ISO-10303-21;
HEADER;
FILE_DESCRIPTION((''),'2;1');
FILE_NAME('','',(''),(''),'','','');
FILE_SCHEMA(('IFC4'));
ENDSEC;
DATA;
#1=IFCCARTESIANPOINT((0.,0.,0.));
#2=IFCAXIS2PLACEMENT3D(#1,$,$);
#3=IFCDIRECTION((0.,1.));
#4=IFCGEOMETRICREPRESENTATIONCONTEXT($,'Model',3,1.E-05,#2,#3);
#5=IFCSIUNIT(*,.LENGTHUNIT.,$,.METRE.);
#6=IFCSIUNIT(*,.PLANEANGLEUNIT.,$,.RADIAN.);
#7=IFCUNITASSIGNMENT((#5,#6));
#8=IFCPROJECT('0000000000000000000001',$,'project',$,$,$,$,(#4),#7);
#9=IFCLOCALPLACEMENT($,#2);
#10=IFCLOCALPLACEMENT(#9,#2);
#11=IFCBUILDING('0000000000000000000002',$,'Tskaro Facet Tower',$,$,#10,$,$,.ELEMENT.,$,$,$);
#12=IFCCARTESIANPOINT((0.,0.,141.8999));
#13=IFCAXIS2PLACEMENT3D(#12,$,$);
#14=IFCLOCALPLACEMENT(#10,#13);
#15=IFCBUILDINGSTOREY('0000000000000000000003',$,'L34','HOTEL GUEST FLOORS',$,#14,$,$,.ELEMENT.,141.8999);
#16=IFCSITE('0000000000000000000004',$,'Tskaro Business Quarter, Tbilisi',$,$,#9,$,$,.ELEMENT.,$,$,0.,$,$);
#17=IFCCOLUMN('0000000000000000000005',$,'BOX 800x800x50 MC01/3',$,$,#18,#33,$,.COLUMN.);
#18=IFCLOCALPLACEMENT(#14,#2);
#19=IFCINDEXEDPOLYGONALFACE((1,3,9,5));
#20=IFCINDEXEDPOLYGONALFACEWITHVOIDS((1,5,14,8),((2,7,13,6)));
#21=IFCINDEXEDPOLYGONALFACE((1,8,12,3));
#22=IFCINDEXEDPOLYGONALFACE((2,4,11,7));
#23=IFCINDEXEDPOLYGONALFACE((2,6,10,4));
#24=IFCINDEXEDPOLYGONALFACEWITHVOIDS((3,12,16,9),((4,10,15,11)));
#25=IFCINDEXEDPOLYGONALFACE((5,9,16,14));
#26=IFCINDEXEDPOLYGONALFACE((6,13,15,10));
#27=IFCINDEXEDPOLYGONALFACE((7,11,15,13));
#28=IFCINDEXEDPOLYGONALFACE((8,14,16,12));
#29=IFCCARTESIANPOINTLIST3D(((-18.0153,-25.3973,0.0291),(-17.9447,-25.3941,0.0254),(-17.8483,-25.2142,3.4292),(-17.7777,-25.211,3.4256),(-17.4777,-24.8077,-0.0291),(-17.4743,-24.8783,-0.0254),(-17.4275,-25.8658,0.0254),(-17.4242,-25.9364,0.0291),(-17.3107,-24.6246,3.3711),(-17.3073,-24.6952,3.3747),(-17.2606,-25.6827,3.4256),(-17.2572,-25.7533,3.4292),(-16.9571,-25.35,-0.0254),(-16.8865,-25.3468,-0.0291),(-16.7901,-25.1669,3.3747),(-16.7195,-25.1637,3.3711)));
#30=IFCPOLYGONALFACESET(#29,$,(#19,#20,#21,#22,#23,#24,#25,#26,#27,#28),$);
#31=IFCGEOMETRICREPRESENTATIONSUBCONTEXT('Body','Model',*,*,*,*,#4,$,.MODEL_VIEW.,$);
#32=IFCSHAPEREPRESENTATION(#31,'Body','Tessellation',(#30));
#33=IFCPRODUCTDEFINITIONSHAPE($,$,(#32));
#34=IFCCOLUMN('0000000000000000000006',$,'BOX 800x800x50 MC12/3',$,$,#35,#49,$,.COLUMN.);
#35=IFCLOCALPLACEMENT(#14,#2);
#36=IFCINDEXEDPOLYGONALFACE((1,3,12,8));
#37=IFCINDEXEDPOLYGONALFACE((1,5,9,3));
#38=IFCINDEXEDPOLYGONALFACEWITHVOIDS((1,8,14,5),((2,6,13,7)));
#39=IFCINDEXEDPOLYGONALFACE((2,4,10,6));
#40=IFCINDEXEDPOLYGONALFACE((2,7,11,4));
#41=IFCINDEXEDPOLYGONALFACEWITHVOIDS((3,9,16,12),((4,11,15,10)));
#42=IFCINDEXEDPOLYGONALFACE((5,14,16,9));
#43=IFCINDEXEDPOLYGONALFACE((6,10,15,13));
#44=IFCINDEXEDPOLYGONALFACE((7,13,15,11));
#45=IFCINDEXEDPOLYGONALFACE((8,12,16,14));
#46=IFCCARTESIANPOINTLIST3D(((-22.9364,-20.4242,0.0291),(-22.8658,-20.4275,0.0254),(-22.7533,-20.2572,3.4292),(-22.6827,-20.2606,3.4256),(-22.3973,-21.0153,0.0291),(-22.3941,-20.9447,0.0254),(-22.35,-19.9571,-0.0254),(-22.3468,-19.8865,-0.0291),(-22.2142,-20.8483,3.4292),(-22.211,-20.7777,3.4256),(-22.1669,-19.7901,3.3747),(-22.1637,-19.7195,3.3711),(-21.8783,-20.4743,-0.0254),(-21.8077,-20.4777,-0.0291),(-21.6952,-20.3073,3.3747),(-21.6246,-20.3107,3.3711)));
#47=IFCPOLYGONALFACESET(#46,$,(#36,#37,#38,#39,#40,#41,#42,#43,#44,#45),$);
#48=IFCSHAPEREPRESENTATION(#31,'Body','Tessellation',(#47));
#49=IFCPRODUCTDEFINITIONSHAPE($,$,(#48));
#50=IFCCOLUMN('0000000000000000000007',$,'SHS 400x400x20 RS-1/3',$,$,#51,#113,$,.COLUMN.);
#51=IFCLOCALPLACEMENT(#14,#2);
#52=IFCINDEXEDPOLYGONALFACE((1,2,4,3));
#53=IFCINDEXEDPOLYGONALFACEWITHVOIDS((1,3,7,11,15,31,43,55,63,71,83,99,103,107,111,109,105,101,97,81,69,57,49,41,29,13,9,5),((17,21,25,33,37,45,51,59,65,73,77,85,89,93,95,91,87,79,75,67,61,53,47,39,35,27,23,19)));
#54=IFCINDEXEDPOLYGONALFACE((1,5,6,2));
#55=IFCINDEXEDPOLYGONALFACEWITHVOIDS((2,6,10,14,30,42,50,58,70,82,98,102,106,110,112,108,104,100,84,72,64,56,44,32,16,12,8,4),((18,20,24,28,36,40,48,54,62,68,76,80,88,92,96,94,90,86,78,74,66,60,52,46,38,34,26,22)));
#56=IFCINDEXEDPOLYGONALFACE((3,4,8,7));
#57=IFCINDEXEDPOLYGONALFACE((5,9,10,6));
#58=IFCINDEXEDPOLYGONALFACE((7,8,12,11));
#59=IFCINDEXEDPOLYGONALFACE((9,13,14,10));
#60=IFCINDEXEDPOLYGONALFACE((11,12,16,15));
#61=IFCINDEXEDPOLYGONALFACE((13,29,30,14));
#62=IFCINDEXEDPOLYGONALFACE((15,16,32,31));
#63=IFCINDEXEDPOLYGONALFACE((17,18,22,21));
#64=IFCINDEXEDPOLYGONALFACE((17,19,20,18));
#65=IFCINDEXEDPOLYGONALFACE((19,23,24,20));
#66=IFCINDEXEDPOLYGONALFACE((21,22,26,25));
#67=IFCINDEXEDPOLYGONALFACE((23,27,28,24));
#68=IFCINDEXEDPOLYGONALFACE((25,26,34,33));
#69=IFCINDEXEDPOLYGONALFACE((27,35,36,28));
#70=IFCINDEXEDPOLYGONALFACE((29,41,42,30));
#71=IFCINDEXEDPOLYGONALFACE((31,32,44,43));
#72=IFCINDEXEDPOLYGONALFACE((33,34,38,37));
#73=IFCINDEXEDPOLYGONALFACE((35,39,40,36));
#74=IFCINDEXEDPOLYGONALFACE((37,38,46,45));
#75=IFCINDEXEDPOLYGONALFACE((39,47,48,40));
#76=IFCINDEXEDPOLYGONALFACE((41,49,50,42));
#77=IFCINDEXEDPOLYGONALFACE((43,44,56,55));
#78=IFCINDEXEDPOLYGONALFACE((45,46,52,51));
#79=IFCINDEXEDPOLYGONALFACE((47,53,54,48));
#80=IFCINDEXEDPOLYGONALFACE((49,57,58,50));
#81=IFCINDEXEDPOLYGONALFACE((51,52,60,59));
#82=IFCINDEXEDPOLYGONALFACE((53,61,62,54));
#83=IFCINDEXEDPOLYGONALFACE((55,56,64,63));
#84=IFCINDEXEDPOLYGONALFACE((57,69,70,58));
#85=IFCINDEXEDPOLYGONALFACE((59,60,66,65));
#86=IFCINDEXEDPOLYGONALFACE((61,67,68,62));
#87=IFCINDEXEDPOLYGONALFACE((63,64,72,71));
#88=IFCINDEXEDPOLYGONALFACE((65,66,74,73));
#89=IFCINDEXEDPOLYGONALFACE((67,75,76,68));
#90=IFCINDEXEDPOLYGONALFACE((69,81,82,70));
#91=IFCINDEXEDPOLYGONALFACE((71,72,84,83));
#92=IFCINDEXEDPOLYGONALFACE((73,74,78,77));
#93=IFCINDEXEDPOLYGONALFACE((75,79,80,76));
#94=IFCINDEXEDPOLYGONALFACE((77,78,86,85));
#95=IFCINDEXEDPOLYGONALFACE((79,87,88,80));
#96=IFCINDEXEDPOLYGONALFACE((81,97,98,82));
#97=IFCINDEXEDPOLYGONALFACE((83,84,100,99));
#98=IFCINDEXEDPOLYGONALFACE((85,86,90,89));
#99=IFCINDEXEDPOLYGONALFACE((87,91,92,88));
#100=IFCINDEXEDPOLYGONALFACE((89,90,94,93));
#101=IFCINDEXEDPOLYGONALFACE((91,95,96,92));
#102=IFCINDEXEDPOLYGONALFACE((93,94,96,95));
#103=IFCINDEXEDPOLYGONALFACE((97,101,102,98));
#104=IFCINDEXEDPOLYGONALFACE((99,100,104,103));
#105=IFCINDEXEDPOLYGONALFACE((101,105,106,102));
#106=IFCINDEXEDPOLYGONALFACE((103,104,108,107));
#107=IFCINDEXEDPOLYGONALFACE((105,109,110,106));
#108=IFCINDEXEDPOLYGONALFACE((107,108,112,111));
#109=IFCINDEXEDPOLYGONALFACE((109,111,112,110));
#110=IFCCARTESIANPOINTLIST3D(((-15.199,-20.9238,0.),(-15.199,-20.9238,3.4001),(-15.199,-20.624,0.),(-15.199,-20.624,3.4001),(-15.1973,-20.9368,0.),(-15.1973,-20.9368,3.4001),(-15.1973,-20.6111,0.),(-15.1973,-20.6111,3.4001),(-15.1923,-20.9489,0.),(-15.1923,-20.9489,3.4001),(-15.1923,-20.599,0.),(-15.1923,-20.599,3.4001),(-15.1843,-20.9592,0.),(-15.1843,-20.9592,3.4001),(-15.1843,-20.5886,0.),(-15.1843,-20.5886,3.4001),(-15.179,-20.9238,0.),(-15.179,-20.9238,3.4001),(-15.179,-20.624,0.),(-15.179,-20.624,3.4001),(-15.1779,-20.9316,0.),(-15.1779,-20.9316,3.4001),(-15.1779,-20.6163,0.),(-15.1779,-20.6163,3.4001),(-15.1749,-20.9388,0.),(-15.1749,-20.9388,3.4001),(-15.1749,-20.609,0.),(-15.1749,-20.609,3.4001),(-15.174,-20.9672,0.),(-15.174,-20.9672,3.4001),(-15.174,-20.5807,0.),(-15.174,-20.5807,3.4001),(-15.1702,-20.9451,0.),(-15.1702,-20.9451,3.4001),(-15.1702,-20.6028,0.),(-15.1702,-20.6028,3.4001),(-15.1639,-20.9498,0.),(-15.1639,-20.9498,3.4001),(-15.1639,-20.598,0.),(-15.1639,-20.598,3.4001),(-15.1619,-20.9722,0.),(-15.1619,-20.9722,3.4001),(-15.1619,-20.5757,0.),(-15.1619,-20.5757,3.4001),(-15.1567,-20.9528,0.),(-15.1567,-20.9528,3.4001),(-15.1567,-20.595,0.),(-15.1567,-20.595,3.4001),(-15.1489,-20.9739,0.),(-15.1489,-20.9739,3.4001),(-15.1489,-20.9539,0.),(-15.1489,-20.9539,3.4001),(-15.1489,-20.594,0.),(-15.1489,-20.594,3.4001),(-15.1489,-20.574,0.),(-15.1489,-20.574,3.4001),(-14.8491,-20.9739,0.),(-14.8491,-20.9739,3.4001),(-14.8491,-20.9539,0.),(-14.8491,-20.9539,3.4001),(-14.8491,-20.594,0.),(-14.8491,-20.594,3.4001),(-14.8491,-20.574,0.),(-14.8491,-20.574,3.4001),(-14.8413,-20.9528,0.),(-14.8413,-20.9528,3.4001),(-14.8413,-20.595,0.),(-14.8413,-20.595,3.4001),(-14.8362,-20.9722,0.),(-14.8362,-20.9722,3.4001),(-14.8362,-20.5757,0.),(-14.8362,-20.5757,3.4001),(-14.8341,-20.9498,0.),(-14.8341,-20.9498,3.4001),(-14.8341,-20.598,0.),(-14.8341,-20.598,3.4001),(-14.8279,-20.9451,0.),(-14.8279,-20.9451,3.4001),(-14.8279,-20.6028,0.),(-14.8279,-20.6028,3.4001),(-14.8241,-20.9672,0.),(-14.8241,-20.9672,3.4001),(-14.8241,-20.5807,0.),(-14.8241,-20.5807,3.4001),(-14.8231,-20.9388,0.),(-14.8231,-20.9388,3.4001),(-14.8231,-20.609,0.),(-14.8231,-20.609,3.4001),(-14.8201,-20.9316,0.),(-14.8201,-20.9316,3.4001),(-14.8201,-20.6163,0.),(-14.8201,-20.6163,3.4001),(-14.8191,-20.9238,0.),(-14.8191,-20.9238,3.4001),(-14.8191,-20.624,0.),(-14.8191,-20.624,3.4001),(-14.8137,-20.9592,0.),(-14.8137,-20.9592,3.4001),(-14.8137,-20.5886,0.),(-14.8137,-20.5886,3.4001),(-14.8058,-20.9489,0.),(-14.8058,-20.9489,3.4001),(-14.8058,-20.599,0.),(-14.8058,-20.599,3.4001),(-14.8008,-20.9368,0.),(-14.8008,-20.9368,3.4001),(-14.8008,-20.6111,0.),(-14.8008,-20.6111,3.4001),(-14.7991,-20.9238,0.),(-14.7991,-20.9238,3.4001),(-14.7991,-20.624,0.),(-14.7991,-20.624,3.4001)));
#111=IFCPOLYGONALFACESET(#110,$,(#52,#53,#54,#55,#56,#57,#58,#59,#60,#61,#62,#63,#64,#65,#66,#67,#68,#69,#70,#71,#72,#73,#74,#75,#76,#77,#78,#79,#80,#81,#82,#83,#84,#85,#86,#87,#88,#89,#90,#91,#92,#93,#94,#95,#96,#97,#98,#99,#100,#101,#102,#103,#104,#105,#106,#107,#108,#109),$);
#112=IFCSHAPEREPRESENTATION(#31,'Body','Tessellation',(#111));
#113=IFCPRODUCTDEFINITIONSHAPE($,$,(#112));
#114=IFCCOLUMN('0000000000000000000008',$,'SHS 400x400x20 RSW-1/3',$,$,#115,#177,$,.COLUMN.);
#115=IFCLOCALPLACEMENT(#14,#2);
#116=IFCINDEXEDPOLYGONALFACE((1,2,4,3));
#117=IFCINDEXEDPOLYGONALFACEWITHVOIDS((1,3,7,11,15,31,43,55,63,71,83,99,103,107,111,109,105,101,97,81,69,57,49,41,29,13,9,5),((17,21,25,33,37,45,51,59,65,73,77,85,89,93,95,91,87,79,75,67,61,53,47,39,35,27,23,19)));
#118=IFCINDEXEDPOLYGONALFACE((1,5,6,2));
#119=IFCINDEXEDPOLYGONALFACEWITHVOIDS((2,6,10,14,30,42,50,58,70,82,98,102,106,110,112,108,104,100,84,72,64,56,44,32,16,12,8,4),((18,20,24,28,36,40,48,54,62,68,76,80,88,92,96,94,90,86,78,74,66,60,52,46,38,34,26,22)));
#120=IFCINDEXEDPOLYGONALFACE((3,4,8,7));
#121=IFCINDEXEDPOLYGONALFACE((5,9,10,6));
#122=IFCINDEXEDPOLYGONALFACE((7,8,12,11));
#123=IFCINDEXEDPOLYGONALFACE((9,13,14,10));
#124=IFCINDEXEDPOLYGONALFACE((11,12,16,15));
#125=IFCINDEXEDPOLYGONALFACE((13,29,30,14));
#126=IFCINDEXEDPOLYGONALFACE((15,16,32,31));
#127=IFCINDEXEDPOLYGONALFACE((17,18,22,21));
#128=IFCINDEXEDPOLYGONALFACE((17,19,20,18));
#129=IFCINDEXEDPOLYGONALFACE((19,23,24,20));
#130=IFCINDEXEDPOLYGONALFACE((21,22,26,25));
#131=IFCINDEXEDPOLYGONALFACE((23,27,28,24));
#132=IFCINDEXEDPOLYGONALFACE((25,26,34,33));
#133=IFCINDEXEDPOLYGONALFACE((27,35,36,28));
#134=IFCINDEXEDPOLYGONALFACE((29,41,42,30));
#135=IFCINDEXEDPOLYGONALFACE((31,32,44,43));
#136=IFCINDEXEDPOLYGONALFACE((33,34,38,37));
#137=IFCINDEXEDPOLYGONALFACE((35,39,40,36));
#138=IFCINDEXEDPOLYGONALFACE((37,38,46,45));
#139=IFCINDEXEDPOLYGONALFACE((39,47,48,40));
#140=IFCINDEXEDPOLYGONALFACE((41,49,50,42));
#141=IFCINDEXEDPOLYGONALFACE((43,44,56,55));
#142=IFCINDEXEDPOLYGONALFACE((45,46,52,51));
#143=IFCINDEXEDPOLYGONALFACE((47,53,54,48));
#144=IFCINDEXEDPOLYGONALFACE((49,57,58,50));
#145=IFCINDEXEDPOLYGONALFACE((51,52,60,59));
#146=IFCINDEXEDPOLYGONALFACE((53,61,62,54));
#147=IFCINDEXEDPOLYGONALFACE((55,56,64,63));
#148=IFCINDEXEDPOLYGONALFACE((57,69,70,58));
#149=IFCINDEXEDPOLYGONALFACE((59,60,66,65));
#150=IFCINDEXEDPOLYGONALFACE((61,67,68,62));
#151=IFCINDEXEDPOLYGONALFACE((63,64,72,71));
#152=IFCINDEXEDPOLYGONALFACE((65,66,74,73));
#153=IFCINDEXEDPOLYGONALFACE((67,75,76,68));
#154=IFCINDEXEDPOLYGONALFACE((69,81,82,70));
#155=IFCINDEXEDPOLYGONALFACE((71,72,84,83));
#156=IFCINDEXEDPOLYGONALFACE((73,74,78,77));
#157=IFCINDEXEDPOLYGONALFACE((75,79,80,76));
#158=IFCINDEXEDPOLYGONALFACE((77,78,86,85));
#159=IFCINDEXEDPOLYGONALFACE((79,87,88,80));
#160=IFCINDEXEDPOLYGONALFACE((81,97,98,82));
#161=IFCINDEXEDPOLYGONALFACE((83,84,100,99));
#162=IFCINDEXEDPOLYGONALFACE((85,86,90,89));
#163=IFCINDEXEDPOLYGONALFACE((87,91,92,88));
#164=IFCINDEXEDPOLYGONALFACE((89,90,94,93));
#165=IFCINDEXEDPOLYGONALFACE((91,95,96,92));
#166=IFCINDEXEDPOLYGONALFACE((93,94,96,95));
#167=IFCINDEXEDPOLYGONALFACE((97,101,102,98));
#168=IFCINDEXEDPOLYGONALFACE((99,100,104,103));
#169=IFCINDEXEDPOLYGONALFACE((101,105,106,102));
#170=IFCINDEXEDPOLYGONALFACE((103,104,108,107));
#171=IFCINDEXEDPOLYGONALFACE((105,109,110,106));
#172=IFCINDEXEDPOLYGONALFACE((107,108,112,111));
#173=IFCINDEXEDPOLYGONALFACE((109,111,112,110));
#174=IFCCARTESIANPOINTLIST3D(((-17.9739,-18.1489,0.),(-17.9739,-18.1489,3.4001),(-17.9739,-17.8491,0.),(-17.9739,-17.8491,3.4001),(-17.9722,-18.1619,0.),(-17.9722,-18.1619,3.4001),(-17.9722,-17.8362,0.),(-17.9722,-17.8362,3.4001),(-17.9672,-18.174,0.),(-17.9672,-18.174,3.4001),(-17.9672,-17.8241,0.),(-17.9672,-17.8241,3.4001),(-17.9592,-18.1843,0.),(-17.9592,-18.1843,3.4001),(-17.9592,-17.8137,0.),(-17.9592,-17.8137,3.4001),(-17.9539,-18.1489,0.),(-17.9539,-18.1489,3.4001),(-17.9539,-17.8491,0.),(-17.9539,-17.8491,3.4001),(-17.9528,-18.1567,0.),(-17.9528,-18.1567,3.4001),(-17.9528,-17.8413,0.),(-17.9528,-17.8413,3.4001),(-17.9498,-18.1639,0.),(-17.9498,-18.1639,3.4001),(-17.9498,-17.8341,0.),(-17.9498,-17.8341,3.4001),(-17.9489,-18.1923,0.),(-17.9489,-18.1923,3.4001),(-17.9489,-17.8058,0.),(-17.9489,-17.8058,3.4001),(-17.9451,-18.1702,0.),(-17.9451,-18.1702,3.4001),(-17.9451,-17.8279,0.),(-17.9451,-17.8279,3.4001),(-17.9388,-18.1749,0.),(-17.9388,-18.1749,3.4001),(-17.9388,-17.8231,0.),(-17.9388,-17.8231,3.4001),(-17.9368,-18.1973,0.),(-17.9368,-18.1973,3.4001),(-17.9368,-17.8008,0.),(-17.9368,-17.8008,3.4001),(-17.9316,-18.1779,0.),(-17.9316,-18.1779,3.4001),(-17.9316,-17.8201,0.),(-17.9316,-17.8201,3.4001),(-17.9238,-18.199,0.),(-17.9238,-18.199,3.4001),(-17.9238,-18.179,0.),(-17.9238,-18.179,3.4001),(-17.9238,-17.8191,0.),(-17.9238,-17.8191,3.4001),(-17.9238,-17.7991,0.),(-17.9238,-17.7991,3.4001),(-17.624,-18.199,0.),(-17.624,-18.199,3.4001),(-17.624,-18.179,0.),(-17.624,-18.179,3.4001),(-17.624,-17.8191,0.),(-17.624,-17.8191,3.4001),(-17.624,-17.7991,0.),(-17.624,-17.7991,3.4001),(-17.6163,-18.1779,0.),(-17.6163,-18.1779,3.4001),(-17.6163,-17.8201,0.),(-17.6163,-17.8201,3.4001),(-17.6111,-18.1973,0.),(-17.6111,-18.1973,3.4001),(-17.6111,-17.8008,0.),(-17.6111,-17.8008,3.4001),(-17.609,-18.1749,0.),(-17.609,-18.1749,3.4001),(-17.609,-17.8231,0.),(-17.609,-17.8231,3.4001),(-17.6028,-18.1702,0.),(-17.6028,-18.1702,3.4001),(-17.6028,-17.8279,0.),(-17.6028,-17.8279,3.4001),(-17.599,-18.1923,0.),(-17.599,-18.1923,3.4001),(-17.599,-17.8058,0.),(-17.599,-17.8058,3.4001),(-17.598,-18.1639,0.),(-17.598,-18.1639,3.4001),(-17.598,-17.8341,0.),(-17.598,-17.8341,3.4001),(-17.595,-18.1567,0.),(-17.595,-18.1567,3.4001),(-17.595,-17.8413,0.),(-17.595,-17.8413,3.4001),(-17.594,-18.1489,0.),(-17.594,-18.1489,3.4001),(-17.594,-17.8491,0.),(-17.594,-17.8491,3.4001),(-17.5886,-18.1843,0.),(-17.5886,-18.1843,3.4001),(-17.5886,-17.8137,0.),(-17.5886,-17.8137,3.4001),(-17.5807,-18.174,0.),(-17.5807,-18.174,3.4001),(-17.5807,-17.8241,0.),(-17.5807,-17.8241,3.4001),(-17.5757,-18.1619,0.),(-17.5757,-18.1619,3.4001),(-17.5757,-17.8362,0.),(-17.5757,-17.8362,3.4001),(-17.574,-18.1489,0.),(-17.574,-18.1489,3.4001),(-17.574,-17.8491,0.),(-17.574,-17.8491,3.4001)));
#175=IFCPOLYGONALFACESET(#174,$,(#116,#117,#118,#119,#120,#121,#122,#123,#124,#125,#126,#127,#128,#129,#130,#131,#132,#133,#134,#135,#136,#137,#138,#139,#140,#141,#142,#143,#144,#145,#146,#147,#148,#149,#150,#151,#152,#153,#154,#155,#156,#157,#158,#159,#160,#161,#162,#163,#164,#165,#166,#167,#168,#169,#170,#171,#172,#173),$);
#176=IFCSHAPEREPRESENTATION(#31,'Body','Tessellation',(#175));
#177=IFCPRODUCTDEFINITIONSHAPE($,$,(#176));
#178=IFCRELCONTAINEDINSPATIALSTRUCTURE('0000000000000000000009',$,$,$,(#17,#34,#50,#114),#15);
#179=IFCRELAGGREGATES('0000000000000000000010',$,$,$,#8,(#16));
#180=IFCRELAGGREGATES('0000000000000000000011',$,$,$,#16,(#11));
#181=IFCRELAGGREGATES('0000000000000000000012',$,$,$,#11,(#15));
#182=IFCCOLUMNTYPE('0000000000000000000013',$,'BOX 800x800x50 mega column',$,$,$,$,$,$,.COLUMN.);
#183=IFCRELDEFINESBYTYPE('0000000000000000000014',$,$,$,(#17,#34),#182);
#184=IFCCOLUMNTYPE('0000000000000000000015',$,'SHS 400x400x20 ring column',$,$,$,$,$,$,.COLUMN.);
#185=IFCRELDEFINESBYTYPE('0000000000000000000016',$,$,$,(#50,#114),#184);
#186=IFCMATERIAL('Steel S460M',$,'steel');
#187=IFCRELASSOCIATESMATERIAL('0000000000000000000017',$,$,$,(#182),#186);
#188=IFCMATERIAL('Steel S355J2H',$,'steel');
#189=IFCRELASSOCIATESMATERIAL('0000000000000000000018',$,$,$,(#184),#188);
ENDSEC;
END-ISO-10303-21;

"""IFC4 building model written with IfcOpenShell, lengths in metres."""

from ifc_helpers import new_model, si_unit, direction, frame, origin, origin_2d, place, context, subcontext, project, spatial, hollow_rectangle, extrude, material, material_profile, profile_set, type_object, element, save


model = new_model("IFC4")

# Units and contexts
model_context = context("Model", 3, precision=1e-05, world=origin(), true_north=direction((0.0, 1.0)))
body_context = subcontext(model_context, "Body", "Model", "MODEL_VIEW")
ifc_project = project(units=[si_unit("LENGTHUNIT", "METRE"), si_unit("PLANEANGLEUNIT", "RADIAN")], contexts=[model_context])

# Site, building, storey
site_placement = place(None, origin())
site = spatial("IfcSite", under=ifc_project, at=site_placement, Name="Tskaro Business Quarter, Tbilisi", CompositionType="ELEMENT", RefElevation=0.0)
building_placement = place(site_placement, origin())
building = spatial("IfcBuilding", under=site, at=building_placement, Name="Tskaro Facet Tower", CompositionType="ELEMENT")
storey_placement = place(building_placement, frame((0.0, 0.0, 141.8999)))
storey = spatial("IfcBuildingStorey", under=building, at=storey_placement, Name="L34", Description="HOTEL GUEST FLOORS", CompositionType="ELEMENT", Elevation=141.8999)

# Columns
ifc_material_1 = material(Name="Steel S460M", Category="steel")
ifc_material_profile_1 = material_profile(ifc_material_1, hollow_rectangle(XDim=0.8, YDim=0.8, WallThickness=0.05, at=origin_2d()), Name="BOX 800x800x50")
ifc_profile_set_1 = profile_set([ifc_material_profile_1], Name="Steel S460M")
column_type_1 = type_object("IfcColumnType", Name="BOX 800x800x50 mega column", PredefinedType="COLUMN", material=ifc_profile_set_1)
for number, where, z_axis, x_axis, name in (
    (1, (-17.4509, -25.3721, 0.0), (0.048983, 0.05371, 0.997354), (-0.738869, 0.673849, 0.0), "BOX 800x800x50 MC01/3"),
    (2, (-22.3721, -20.4509, 0.0), (0.05371, 0.048983, 0.997354), (-0.673849, 0.738869, 0.0), "BOX 800x800x50 MC12/3"),
):
    element("IfcColumn", number, at=place(storey_placement, frame(where, z_axis=z_axis, x_axis=x_axis)), inside=storey, type_object=column_type_1, Name=name, PredefinedType="COLUMN", context=body_context, shape_type="SweptSolid", body=[
        extrude(hollow_rectangle(XDim=0.8, YDim=0.8, WallThickness=0.05, at=origin_2d()), origin(), (0.0, 0.0, 1.0), 3.4092),
    ])
ifc_material_2 = material(Name="Steel S355J2H", Category="steel")
ifc_material_profile_2 = material_profile(ifc_material_2, hollow_rectangle(XDim=0.3999, YDim=0.3999, WallThickness=0.02, InnerFilletRadius=0.03, OuterFilletRadius=0.05, at=origin_2d()), Name="SHS 400x400x20")
ifc_profile_set_2 = profile_set([ifc_material_profile_2], Name="Steel S355J2H")
column_type_2 = type_object("IfcColumnType", Name="SHS 400x400x20 ring column", PredefinedType="COLUMN", material=ifc_profile_set_2)
for number, where, z_axis, x_axis, name in (
    (3, (-14.999, -20.7739, 0.0), (0.0, 0.0, 1.0), (1.0, 0.0, 0.0), "SHS 400x400x20 RS-1/3"),
    (4, (-17.7739, -17.999, 0.0), (0.0, 0.0, 1.0), (1.0, 0.0, 0.0), "SHS 400x400x20 RSW-1/3"),
):
    element("IfcColumn", number, at=place(storey_placement, frame(where, z_axis=z_axis, x_axis=x_axis)), inside=storey, type_object=column_type_2, Name=name, PredefinedType="COLUMN", context=body_context, shape_type="SweptSolid", body=[
        extrude(hollow_rectangle(XDim=0.3999, YDim=0.3999, WallThickness=0.02, InnerFilletRadius=0.03, OuterFilletRadius=0.05, at=origin_2d()), origin(), (0.0, 0.0, 1.0), 3.4001),
    ])

save(model, "model.ifc")
